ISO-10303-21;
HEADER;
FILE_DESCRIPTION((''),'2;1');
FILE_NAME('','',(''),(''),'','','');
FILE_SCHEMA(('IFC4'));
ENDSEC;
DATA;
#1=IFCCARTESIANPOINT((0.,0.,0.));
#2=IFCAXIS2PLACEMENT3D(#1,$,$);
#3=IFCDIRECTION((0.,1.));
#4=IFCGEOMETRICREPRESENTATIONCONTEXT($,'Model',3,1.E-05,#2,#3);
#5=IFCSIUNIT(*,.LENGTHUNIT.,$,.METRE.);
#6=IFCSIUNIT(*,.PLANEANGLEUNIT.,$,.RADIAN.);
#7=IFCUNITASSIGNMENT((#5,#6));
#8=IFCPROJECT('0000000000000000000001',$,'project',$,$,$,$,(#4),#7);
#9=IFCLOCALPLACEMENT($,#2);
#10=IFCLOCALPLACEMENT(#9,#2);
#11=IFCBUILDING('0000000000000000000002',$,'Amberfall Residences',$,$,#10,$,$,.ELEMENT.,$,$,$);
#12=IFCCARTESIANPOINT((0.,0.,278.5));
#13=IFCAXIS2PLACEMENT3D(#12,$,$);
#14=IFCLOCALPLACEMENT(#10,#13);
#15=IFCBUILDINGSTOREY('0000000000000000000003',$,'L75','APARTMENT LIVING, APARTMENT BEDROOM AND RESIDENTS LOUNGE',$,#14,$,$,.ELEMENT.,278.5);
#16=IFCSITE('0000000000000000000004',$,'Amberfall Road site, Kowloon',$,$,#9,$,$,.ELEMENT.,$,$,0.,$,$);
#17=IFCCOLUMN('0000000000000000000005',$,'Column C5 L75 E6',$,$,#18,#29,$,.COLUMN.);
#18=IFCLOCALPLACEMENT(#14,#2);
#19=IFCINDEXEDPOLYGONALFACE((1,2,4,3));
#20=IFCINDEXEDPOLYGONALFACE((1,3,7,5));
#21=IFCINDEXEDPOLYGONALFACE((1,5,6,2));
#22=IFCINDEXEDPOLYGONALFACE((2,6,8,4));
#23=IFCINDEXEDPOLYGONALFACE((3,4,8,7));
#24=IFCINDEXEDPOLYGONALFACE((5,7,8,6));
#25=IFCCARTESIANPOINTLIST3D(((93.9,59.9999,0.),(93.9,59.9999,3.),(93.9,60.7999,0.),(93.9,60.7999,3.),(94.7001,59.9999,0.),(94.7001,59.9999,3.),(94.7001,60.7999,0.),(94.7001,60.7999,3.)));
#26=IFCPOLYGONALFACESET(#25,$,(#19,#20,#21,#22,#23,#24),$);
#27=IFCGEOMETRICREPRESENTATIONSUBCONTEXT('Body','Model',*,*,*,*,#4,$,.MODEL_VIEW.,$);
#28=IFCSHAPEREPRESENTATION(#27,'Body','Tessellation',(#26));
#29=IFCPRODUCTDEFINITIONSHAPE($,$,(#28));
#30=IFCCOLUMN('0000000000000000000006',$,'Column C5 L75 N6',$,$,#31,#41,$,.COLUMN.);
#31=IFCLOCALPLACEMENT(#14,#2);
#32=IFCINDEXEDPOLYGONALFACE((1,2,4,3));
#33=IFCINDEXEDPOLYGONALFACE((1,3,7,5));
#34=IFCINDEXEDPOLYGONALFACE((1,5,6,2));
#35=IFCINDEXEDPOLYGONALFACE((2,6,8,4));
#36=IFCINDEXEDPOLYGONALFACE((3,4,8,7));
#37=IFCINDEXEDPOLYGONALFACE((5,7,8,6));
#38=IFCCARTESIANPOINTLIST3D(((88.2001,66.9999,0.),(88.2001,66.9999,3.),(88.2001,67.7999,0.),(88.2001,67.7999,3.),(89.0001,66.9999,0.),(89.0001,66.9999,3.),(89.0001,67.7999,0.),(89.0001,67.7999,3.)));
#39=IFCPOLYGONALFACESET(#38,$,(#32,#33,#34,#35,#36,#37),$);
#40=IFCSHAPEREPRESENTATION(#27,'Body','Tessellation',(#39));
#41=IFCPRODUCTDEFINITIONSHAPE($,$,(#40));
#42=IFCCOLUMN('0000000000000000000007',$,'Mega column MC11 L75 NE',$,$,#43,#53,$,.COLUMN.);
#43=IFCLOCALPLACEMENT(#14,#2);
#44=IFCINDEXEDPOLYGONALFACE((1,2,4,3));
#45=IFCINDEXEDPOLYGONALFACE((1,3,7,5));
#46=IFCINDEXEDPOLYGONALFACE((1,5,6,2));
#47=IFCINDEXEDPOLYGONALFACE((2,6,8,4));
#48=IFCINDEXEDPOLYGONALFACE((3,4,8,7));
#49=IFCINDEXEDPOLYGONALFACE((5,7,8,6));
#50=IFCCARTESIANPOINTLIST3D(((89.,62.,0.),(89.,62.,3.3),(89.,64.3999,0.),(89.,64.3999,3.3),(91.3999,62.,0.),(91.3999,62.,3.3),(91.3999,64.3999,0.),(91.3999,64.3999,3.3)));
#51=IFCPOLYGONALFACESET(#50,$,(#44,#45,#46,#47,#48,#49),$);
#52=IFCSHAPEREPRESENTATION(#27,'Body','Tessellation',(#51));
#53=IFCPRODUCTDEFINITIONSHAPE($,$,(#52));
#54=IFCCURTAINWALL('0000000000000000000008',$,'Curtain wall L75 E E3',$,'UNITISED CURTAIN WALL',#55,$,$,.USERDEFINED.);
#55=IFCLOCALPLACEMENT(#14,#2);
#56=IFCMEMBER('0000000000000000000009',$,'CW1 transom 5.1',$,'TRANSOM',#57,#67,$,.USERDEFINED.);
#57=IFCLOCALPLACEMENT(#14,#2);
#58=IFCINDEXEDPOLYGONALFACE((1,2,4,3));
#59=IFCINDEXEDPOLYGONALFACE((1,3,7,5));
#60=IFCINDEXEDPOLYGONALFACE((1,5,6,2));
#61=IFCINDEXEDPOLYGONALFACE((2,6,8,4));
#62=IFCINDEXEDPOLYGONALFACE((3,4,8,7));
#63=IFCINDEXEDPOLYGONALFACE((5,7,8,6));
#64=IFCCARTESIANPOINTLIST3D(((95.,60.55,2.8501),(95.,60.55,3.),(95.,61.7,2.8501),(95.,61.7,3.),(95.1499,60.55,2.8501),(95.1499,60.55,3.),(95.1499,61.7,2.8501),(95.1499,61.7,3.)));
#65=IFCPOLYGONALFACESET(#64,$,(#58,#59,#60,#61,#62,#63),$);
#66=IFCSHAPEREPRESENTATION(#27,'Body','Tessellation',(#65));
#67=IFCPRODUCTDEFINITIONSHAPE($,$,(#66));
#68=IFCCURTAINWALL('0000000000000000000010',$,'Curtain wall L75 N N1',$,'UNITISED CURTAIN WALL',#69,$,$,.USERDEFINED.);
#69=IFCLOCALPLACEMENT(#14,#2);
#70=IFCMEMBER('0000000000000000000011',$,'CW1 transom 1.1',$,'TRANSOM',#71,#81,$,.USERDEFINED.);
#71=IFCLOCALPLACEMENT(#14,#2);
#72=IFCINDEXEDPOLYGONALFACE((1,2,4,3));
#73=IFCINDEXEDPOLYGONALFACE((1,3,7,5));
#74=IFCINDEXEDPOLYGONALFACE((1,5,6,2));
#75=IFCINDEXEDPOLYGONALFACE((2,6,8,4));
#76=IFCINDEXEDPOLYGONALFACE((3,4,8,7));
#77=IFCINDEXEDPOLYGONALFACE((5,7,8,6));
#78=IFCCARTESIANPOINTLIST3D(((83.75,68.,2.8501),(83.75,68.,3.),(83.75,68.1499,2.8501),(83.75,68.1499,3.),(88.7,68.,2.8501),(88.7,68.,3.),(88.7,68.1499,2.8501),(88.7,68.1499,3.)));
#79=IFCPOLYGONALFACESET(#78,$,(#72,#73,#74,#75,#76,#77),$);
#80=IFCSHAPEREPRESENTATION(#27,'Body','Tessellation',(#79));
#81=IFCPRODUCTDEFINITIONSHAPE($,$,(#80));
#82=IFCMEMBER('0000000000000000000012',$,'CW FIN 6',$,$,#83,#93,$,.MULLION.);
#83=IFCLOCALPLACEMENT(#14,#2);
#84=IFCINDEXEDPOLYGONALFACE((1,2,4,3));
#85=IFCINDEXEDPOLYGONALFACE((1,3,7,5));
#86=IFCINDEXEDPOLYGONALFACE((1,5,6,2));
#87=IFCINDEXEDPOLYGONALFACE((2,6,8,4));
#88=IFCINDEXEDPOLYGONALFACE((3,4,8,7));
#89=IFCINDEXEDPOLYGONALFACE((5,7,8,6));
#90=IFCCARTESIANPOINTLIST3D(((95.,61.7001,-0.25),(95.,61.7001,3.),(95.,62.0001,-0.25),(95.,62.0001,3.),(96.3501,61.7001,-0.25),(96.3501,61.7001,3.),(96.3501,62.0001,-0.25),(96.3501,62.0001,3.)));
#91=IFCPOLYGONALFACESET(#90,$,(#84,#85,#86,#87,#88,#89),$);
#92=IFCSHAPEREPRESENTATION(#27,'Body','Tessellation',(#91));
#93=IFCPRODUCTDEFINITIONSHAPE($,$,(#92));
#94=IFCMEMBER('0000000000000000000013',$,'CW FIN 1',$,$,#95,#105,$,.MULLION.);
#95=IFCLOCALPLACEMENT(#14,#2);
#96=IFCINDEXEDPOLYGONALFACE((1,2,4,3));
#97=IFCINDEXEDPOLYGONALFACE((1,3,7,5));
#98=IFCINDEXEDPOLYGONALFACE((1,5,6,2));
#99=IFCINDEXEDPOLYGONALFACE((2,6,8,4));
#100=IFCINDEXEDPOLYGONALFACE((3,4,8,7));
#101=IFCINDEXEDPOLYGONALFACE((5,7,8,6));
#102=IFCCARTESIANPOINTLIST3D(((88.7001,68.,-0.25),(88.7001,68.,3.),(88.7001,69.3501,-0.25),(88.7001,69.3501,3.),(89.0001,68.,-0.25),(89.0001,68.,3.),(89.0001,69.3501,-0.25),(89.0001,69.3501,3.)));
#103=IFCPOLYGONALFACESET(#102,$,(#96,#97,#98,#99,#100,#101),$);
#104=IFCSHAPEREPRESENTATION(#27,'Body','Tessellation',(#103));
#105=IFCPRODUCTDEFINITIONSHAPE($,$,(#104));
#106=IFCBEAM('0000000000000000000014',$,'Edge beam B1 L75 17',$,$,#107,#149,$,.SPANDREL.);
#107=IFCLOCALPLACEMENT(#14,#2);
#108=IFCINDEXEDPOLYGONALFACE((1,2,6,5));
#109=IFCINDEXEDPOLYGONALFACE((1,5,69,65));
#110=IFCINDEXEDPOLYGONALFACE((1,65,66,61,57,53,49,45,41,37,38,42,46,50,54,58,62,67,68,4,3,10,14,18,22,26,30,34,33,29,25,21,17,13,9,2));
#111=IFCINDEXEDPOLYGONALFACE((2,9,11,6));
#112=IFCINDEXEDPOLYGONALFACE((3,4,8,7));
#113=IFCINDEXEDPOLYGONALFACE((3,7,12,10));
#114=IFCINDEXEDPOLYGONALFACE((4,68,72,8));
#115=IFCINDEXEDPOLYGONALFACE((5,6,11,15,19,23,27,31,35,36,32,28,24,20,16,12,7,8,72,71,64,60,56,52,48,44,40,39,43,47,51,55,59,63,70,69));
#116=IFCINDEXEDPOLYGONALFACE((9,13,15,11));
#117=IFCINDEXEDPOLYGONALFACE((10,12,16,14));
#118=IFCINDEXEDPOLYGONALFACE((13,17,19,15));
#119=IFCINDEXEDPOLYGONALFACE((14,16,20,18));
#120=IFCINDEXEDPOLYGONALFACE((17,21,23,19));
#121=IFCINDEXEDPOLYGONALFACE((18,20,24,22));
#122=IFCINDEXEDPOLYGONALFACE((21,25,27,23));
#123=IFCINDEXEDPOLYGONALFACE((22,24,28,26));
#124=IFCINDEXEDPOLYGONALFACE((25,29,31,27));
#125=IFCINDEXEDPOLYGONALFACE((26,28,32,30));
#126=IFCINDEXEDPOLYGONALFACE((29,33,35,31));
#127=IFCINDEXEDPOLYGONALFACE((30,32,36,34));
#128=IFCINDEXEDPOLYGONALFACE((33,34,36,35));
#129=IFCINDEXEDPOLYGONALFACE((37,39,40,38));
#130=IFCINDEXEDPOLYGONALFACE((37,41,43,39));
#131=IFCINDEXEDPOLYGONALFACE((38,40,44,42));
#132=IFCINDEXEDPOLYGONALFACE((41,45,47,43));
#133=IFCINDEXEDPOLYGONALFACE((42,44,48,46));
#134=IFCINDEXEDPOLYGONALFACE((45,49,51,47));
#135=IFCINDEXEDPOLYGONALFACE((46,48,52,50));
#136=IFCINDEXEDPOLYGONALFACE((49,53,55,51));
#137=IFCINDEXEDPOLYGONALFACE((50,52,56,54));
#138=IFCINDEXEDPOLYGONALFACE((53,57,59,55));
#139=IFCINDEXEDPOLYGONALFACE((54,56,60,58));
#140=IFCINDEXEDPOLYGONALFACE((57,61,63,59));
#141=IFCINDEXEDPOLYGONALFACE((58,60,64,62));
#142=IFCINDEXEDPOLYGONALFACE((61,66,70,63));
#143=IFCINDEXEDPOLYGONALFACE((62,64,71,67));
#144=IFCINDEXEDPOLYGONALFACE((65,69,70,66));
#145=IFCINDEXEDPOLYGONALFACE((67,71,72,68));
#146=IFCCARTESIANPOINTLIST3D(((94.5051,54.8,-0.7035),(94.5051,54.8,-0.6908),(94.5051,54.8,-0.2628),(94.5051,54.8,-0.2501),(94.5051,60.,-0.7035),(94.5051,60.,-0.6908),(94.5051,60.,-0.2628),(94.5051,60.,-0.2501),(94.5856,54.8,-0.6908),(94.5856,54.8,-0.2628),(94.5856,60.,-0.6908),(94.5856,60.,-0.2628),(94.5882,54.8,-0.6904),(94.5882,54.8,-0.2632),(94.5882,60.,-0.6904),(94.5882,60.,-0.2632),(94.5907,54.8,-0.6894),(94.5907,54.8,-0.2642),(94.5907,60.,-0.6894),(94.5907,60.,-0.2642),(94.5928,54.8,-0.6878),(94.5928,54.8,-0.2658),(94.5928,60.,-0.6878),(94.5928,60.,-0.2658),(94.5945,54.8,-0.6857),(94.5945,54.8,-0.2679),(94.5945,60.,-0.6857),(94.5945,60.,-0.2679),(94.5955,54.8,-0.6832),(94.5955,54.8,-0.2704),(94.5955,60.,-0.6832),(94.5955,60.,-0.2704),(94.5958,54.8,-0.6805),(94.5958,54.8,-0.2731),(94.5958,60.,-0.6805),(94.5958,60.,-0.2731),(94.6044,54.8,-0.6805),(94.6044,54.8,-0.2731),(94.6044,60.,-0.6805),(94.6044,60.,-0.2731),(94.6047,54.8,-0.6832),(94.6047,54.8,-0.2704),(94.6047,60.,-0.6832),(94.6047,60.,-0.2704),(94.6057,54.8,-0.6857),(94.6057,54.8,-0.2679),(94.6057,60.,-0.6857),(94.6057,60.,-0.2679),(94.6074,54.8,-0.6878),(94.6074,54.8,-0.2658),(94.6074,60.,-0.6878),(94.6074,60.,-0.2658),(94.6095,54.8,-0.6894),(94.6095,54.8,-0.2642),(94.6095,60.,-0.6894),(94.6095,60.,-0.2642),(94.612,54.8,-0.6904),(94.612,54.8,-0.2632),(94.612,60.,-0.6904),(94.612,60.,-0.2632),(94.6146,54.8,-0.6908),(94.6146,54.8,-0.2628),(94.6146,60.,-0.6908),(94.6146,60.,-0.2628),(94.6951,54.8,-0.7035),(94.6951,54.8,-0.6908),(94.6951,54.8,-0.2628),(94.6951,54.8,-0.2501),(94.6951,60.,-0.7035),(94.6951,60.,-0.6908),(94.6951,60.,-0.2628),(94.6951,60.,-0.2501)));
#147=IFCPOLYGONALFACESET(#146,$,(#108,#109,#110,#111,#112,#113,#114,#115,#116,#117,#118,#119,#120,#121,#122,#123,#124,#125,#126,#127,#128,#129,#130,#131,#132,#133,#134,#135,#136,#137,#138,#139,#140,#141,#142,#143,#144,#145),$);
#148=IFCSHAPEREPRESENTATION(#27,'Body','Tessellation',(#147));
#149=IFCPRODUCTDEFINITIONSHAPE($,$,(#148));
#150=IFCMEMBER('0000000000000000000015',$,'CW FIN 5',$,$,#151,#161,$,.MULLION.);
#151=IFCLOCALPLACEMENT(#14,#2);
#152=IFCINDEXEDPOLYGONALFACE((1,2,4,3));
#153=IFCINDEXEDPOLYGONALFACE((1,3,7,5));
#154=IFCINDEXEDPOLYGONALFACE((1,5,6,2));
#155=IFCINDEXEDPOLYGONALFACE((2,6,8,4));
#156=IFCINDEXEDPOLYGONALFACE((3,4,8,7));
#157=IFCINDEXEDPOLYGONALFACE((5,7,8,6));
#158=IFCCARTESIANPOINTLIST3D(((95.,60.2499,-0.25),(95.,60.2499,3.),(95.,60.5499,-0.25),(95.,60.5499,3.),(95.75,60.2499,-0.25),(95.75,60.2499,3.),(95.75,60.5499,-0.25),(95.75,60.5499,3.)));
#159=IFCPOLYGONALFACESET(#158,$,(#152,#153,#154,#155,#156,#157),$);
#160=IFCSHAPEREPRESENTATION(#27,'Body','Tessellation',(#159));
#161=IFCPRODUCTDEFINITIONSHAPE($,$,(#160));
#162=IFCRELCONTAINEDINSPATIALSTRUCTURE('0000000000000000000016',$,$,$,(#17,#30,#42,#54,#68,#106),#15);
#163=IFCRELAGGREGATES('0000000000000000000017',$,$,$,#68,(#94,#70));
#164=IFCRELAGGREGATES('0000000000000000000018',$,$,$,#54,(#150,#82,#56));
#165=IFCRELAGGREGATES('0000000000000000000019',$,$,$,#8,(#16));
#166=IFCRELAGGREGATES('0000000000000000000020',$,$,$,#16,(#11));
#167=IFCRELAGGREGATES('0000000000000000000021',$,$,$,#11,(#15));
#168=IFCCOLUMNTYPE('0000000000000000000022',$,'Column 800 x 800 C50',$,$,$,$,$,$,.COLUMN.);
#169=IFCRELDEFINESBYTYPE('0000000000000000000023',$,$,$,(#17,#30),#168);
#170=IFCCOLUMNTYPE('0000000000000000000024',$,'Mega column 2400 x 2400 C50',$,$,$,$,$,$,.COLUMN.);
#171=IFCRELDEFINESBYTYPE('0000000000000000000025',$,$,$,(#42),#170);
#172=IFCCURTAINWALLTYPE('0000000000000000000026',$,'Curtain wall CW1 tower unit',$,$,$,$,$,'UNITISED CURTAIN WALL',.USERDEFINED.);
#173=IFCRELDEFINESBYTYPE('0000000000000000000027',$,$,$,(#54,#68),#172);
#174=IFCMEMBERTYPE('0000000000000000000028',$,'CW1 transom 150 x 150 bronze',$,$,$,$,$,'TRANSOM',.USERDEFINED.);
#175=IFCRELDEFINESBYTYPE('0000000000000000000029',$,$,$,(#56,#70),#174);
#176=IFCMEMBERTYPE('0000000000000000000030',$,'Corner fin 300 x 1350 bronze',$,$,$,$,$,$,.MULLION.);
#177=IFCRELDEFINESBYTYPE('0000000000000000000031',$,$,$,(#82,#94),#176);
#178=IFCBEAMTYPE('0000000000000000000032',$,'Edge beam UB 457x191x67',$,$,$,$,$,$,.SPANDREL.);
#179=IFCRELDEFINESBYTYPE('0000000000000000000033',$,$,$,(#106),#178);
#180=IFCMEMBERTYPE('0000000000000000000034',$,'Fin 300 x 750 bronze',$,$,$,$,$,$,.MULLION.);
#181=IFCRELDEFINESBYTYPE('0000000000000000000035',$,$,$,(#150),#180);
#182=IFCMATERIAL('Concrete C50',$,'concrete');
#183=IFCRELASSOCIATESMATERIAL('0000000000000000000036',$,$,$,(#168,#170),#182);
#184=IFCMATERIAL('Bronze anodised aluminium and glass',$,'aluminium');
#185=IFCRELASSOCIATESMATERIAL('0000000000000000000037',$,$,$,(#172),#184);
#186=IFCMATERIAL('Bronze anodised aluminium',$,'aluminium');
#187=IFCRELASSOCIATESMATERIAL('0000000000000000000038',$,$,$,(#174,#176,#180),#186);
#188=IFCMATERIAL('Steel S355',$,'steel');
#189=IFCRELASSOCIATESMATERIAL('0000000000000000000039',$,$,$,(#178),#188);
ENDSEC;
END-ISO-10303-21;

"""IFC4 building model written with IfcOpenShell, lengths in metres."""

from ifc_helpers import new_model, si_unit, direction, frame, origin, origin_2d, place, context, subcontext, project, spatial, rectangle, i_section, extrude, material, material_profile, profile_set, type_object, element, aggregate, save


model = new_model("IFC4")

# Units and contexts
model_context = context("Model", 3, precision=1e-05, world=origin(), true_north=direction((0.0, 1.0)))
body_context = subcontext(model_context, "Body", "Model", "MODEL_VIEW")
ifc_project = project(units=[si_unit("LENGTHUNIT", "METRE"), si_unit("PLANEANGLEUNIT", "RADIAN")], contexts=[model_context])

# Site, building, storey
site_placement = place(None, origin())
site = spatial("IfcSite", under=ifc_project, at=site_placement, Name="Amberfall Road site, Kowloon", CompositionType="ELEMENT", RefElevation=0.0)
building_placement = place(site_placement, origin())
building = spatial("IfcBuilding", under=site, at=building_placement, Name="Amberfall Residences", CompositionType="ELEMENT")
storey_placement = place(building_placement, frame((0.0, 0.0, 278.5)))
storey = spatial("IfcBuildingStorey", under=building, at=storey_placement, Name="L75", Description="APARTMENT LIVING, APARTMENT BEDROOM AND RESIDENTS LOUNGE", CompositionType="ELEMENT", Elevation=278.5)

# Columns
ifc_material_1 = material(Name="Concrete C50", Category="concrete")
ifc_material_profile_1 = material_profile(ifc_material_1, rectangle(XDim=0.8, YDim=0.8, at=origin_2d()), Name="Column 800 x 800 C50")
ifc_profile_set_1 = profile_set([ifc_material_profile_1], Name="Concrete C50")
column_type_1 = type_object("IfcColumnType", Name="Column 800 x 800 C50", PredefinedType="COLUMN", material=ifc_profile_set_1)
for number, where, z_axis, x_axis, name in (
    (1, (94.3, 60.3999, 0.0), (0.0, 0.0, 1.0), (1.0, 0.0, 0.0), "Column C5 L75 E6"),
    (2, (88.6001, 67.3999, 0.0), (0.0, 0.0, 1.0), (1.0, 0.0, 0.0), "Column C5 L75 N6"),
):
    element("IfcColumn", number, at=place(storey_placement, frame(where, z_axis=z_axis, x_axis=x_axis)), inside=storey, type_object=column_type_1, Name=name, PredefinedType="COLUMN", context=body_context, shape_type="SweptSolid", body=[
        extrude(rectangle(XDim=0.8, YDim=0.8, at=origin_2d()), origin(), (0.0, 0.0, 1.0), 3.0),
    ])
ifc_material_profile_2 = material_profile(ifc_material_1, rectangle(XDim=2.3999, YDim=2.3999, at=origin_2d()), Name="Mega column 2400 x 2400 C50")
ifc_profile_set_2 = profile_set([ifc_material_profile_2], Name="Concrete C50")
column_type_2 = type_object("IfcColumnType", Name="Mega column 2400 x 2400 C50", PredefinedType="COLUMN", material=ifc_profile_set_2)
column_placement = place(storey_placement, frame((90.2, 63.2, 0.0), z_axis=(0.0, 0.0, 1.0), x_axis=(1.0, 0.0, 0.0)))
element("IfcColumn", 3, at=column_placement, inside=storey, type_object=column_type_2, Name="Mega column MC11 L75 NE", PredefinedType="COLUMN", context=body_context, shape_type="SweptSolid", body=[
    extrude(rectangle(XDim=2.3999, YDim=2.3999, at=origin_2d()), origin(), (0.0, 0.0, 1.0), 3.3),
])

# Curtain walls, members
ifc_material_2 = material(Name="Bronze anodised aluminium and glass", Category="aluminium")
curtain_wall_type = type_object("IfcCurtainWallType", Name="Curtain wall CW1 tower unit", ElementType="UNITISED CURTAIN WALL", PredefinedType="USERDEFINED", material=ifc_material_2)
curtain_wall_1_placement = place(storey_placement, origin())
curtain_wall_1 = element("IfcCurtainWall", 4, at=curtain_wall_1_placement, inside=storey, type_object=curtain_wall_type, Name="Curtain wall L75 E E3", ObjectType="UNITISED CURTAIN WALL", PredefinedType="USERDEFINED")
ifc_material_3 = material(Name="Bronze anodised aluminium", Category="aluminium")
ifc_material_profile_3 = material_profile(ifc_material_3, rectangle(XDim=0.1499, YDim=0.1499, at=origin_2d()), Name="CW1 transom 150 x 150 bronze")
ifc_profile_set_3 = profile_set([ifc_material_profile_3], Name="Bronze anodised aluminium")
member_type_1 = type_object("IfcMemberType", Name="CW1 transom 150 x 150 bronze", ElementType="TRANSOM", PredefinedType="USERDEFINED", material=ifc_profile_set_3)
member_1_placement = place(storey_placement, frame((95.075, 60.55, 2.925), z_axis=(0.0, 1.0, 0.0), x_axis=(-1.0, 0.0, 0.0)))
member_1 = element("IfcMember", 5, at=member_1_placement, type_object=member_type_1, Name="CW1 transom 5.1", ObjectType="TRANSOM", PredefinedType="USERDEFINED", context=body_context, shape_type="SweptSolid", body=[
    extrude(rectangle(XDim=0.1499, YDim=0.1499, at=origin_2d()), origin(), (0.0, 0.0, 1.0), 1.1499),
])
curtain_wall_2_placement = place(storey_placement, origin())
curtain_wall_2 = element("IfcCurtainWall", 6, at=curtain_wall_2_placement, inside=storey, type_object=curtain_wall_type, Name="Curtain wall L75 N N1", ObjectType="UNITISED CURTAIN WALL", PredefinedType="USERDEFINED")
member_2_placement = place(storey_placement, frame((88.7, 68.075, 2.925), z_axis=(-1.0, 0.0, 0.0), x_axis=(0.0, -1.0, 0.0)))
member_2 = element("IfcMember", 7, at=member_2_placement, type_object=member_type_1, Name="CW1 transom 1.1", ObjectType="TRANSOM", PredefinedType="USERDEFINED", context=body_context, shape_type="SweptSolid", body=[
    extrude(rectangle(XDim=0.1499, YDim=0.1499, at=origin_2d()), origin(), (0.0, 0.0, 1.0), 4.95),
])

# Members
ifc_material_profile_4 = material_profile(ifc_material_3, rectangle(XDim=1.3501, YDim=0.3, at=origin_2d()), Name="Corner fin 300 x 1350 bronze")
ifc_profile_set_4 = profile_set([ifc_material_profile_4], Name="Bronze anodised aluminium")
member_type_2 = type_object("IfcMemberType", Name="Corner fin 300 x 1350 bronze", PredefinedType="MULLION", material=ifc_profile_set_4)
member_3_placement = place(storey_placement, frame((95.675, 61.8501, -0.25), z_axis=(0.0, 0.0, 1.0), x_axis=(-1.0, 0.0, 0.0)))
member_3 = element("IfcMember", 8, at=member_3_placement, type_object=member_type_2, Name="CW FIN 6", PredefinedType="MULLION", context=body_context, shape_type="SweptSolid", body=[
    extrude(rectangle(XDim=1.3501, YDim=0.3, at=origin_2d()), origin(), (0.0, 0.0, 1.0), 3.25),
])
member_4_placement = place(storey_placement, frame((88.8501, 68.675, -0.25), z_axis=(0.0, 0.0, 1.0), x_axis=(0.0, -1.0, 0.0)))
member_4 = element("IfcMember", 9, at=member_4_placement, type_object=member_type_2, Name="CW FIN 1", PredefinedType="MULLION", context=body_context, shape_type="SweptSolid", body=[
    extrude(rectangle(XDim=1.3501, YDim=0.3, at=origin_2d()), origin(), (0.0, 0.0, 1.0), 3.25),
])
aggregate(curtain_wall_2, [member_4, member_2])

# Beam
ifc_material_4 = material(Name="Steel S355", Category="steel")
ifc_material_profile_5 = material_profile(ifc_material_4, i_section(OverallWidth=0.1899, OverallDepth=0.4534, WebThickness=0.0085, FlangeThickness=0.0127, FilletRadius=0.0103, at=origin_2d()), Name="UB 457x191x67")
ifc_profile_set_5 = profile_set([ifc_material_profile_5], Name="Steel S355")
beam_type_1 = type_object("IfcBeamType", Name="Edge beam UB 457x191x67", PredefinedType="SPANDREL", material=ifc_profile_set_5)
beam_1_placement = place(storey_placement, frame((94.6001, 54.8, -0.4768), z_axis=(0.0, 1.0, 0.0), x_axis=(-1.0, 0.0, 0.0)))
element("IfcBeam", 10, at=beam_1_placement, inside=storey, type_object=beam_type_1, Name="Edge beam B1 L75 17", PredefinedType="SPANDREL", context=body_context, shape_type="SweptSolid", body=[
    extrude(i_section(OverallWidth=0.1899, OverallDepth=0.4534, WebThickness=0.0085, FlangeThickness=0.0127, FilletRadius=0.0103, at=origin_2d()), origin(), (0.0, 0.0, 1.0), 5.2),
])

# Member
ifc_material_profile_6 = material_profile(ifc_material_3, rectangle(XDim=0.75, YDim=0.3, at=origin_2d()), Name="Fin 300 x 750 bronze")
ifc_profile_set_6 = profile_set([ifc_material_profile_6], Name="Bronze anodised aluminium")
member_type_3 = type_object("IfcMemberType", Name="Fin 300 x 750 bronze", PredefinedType="MULLION", material=ifc_profile_set_6)
member_5_placement = place(storey_placement, frame((95.375, 60.3999, -0.25), z_axis=(0.0, 0.0, 1.0), x_axis=(-1.0, 0.0, 0.0)))
member_5 = element("IfcMember", 11, at=member_5_placement, type_object=member_type_3, Name="CW FIN 5", PredefinedType="MULLION", context=body_context, shape_type="SweptSolid", body=[
    extrude(rectangle(XDim=0.75, YDim=0.3, at=origin_2d()), origin(), (0.0, 0.0, 1.0), 3.25),
])

aggregate(curtain_wall_1, [member_5, member_3, member_1])

save(model, "model.ifc")
